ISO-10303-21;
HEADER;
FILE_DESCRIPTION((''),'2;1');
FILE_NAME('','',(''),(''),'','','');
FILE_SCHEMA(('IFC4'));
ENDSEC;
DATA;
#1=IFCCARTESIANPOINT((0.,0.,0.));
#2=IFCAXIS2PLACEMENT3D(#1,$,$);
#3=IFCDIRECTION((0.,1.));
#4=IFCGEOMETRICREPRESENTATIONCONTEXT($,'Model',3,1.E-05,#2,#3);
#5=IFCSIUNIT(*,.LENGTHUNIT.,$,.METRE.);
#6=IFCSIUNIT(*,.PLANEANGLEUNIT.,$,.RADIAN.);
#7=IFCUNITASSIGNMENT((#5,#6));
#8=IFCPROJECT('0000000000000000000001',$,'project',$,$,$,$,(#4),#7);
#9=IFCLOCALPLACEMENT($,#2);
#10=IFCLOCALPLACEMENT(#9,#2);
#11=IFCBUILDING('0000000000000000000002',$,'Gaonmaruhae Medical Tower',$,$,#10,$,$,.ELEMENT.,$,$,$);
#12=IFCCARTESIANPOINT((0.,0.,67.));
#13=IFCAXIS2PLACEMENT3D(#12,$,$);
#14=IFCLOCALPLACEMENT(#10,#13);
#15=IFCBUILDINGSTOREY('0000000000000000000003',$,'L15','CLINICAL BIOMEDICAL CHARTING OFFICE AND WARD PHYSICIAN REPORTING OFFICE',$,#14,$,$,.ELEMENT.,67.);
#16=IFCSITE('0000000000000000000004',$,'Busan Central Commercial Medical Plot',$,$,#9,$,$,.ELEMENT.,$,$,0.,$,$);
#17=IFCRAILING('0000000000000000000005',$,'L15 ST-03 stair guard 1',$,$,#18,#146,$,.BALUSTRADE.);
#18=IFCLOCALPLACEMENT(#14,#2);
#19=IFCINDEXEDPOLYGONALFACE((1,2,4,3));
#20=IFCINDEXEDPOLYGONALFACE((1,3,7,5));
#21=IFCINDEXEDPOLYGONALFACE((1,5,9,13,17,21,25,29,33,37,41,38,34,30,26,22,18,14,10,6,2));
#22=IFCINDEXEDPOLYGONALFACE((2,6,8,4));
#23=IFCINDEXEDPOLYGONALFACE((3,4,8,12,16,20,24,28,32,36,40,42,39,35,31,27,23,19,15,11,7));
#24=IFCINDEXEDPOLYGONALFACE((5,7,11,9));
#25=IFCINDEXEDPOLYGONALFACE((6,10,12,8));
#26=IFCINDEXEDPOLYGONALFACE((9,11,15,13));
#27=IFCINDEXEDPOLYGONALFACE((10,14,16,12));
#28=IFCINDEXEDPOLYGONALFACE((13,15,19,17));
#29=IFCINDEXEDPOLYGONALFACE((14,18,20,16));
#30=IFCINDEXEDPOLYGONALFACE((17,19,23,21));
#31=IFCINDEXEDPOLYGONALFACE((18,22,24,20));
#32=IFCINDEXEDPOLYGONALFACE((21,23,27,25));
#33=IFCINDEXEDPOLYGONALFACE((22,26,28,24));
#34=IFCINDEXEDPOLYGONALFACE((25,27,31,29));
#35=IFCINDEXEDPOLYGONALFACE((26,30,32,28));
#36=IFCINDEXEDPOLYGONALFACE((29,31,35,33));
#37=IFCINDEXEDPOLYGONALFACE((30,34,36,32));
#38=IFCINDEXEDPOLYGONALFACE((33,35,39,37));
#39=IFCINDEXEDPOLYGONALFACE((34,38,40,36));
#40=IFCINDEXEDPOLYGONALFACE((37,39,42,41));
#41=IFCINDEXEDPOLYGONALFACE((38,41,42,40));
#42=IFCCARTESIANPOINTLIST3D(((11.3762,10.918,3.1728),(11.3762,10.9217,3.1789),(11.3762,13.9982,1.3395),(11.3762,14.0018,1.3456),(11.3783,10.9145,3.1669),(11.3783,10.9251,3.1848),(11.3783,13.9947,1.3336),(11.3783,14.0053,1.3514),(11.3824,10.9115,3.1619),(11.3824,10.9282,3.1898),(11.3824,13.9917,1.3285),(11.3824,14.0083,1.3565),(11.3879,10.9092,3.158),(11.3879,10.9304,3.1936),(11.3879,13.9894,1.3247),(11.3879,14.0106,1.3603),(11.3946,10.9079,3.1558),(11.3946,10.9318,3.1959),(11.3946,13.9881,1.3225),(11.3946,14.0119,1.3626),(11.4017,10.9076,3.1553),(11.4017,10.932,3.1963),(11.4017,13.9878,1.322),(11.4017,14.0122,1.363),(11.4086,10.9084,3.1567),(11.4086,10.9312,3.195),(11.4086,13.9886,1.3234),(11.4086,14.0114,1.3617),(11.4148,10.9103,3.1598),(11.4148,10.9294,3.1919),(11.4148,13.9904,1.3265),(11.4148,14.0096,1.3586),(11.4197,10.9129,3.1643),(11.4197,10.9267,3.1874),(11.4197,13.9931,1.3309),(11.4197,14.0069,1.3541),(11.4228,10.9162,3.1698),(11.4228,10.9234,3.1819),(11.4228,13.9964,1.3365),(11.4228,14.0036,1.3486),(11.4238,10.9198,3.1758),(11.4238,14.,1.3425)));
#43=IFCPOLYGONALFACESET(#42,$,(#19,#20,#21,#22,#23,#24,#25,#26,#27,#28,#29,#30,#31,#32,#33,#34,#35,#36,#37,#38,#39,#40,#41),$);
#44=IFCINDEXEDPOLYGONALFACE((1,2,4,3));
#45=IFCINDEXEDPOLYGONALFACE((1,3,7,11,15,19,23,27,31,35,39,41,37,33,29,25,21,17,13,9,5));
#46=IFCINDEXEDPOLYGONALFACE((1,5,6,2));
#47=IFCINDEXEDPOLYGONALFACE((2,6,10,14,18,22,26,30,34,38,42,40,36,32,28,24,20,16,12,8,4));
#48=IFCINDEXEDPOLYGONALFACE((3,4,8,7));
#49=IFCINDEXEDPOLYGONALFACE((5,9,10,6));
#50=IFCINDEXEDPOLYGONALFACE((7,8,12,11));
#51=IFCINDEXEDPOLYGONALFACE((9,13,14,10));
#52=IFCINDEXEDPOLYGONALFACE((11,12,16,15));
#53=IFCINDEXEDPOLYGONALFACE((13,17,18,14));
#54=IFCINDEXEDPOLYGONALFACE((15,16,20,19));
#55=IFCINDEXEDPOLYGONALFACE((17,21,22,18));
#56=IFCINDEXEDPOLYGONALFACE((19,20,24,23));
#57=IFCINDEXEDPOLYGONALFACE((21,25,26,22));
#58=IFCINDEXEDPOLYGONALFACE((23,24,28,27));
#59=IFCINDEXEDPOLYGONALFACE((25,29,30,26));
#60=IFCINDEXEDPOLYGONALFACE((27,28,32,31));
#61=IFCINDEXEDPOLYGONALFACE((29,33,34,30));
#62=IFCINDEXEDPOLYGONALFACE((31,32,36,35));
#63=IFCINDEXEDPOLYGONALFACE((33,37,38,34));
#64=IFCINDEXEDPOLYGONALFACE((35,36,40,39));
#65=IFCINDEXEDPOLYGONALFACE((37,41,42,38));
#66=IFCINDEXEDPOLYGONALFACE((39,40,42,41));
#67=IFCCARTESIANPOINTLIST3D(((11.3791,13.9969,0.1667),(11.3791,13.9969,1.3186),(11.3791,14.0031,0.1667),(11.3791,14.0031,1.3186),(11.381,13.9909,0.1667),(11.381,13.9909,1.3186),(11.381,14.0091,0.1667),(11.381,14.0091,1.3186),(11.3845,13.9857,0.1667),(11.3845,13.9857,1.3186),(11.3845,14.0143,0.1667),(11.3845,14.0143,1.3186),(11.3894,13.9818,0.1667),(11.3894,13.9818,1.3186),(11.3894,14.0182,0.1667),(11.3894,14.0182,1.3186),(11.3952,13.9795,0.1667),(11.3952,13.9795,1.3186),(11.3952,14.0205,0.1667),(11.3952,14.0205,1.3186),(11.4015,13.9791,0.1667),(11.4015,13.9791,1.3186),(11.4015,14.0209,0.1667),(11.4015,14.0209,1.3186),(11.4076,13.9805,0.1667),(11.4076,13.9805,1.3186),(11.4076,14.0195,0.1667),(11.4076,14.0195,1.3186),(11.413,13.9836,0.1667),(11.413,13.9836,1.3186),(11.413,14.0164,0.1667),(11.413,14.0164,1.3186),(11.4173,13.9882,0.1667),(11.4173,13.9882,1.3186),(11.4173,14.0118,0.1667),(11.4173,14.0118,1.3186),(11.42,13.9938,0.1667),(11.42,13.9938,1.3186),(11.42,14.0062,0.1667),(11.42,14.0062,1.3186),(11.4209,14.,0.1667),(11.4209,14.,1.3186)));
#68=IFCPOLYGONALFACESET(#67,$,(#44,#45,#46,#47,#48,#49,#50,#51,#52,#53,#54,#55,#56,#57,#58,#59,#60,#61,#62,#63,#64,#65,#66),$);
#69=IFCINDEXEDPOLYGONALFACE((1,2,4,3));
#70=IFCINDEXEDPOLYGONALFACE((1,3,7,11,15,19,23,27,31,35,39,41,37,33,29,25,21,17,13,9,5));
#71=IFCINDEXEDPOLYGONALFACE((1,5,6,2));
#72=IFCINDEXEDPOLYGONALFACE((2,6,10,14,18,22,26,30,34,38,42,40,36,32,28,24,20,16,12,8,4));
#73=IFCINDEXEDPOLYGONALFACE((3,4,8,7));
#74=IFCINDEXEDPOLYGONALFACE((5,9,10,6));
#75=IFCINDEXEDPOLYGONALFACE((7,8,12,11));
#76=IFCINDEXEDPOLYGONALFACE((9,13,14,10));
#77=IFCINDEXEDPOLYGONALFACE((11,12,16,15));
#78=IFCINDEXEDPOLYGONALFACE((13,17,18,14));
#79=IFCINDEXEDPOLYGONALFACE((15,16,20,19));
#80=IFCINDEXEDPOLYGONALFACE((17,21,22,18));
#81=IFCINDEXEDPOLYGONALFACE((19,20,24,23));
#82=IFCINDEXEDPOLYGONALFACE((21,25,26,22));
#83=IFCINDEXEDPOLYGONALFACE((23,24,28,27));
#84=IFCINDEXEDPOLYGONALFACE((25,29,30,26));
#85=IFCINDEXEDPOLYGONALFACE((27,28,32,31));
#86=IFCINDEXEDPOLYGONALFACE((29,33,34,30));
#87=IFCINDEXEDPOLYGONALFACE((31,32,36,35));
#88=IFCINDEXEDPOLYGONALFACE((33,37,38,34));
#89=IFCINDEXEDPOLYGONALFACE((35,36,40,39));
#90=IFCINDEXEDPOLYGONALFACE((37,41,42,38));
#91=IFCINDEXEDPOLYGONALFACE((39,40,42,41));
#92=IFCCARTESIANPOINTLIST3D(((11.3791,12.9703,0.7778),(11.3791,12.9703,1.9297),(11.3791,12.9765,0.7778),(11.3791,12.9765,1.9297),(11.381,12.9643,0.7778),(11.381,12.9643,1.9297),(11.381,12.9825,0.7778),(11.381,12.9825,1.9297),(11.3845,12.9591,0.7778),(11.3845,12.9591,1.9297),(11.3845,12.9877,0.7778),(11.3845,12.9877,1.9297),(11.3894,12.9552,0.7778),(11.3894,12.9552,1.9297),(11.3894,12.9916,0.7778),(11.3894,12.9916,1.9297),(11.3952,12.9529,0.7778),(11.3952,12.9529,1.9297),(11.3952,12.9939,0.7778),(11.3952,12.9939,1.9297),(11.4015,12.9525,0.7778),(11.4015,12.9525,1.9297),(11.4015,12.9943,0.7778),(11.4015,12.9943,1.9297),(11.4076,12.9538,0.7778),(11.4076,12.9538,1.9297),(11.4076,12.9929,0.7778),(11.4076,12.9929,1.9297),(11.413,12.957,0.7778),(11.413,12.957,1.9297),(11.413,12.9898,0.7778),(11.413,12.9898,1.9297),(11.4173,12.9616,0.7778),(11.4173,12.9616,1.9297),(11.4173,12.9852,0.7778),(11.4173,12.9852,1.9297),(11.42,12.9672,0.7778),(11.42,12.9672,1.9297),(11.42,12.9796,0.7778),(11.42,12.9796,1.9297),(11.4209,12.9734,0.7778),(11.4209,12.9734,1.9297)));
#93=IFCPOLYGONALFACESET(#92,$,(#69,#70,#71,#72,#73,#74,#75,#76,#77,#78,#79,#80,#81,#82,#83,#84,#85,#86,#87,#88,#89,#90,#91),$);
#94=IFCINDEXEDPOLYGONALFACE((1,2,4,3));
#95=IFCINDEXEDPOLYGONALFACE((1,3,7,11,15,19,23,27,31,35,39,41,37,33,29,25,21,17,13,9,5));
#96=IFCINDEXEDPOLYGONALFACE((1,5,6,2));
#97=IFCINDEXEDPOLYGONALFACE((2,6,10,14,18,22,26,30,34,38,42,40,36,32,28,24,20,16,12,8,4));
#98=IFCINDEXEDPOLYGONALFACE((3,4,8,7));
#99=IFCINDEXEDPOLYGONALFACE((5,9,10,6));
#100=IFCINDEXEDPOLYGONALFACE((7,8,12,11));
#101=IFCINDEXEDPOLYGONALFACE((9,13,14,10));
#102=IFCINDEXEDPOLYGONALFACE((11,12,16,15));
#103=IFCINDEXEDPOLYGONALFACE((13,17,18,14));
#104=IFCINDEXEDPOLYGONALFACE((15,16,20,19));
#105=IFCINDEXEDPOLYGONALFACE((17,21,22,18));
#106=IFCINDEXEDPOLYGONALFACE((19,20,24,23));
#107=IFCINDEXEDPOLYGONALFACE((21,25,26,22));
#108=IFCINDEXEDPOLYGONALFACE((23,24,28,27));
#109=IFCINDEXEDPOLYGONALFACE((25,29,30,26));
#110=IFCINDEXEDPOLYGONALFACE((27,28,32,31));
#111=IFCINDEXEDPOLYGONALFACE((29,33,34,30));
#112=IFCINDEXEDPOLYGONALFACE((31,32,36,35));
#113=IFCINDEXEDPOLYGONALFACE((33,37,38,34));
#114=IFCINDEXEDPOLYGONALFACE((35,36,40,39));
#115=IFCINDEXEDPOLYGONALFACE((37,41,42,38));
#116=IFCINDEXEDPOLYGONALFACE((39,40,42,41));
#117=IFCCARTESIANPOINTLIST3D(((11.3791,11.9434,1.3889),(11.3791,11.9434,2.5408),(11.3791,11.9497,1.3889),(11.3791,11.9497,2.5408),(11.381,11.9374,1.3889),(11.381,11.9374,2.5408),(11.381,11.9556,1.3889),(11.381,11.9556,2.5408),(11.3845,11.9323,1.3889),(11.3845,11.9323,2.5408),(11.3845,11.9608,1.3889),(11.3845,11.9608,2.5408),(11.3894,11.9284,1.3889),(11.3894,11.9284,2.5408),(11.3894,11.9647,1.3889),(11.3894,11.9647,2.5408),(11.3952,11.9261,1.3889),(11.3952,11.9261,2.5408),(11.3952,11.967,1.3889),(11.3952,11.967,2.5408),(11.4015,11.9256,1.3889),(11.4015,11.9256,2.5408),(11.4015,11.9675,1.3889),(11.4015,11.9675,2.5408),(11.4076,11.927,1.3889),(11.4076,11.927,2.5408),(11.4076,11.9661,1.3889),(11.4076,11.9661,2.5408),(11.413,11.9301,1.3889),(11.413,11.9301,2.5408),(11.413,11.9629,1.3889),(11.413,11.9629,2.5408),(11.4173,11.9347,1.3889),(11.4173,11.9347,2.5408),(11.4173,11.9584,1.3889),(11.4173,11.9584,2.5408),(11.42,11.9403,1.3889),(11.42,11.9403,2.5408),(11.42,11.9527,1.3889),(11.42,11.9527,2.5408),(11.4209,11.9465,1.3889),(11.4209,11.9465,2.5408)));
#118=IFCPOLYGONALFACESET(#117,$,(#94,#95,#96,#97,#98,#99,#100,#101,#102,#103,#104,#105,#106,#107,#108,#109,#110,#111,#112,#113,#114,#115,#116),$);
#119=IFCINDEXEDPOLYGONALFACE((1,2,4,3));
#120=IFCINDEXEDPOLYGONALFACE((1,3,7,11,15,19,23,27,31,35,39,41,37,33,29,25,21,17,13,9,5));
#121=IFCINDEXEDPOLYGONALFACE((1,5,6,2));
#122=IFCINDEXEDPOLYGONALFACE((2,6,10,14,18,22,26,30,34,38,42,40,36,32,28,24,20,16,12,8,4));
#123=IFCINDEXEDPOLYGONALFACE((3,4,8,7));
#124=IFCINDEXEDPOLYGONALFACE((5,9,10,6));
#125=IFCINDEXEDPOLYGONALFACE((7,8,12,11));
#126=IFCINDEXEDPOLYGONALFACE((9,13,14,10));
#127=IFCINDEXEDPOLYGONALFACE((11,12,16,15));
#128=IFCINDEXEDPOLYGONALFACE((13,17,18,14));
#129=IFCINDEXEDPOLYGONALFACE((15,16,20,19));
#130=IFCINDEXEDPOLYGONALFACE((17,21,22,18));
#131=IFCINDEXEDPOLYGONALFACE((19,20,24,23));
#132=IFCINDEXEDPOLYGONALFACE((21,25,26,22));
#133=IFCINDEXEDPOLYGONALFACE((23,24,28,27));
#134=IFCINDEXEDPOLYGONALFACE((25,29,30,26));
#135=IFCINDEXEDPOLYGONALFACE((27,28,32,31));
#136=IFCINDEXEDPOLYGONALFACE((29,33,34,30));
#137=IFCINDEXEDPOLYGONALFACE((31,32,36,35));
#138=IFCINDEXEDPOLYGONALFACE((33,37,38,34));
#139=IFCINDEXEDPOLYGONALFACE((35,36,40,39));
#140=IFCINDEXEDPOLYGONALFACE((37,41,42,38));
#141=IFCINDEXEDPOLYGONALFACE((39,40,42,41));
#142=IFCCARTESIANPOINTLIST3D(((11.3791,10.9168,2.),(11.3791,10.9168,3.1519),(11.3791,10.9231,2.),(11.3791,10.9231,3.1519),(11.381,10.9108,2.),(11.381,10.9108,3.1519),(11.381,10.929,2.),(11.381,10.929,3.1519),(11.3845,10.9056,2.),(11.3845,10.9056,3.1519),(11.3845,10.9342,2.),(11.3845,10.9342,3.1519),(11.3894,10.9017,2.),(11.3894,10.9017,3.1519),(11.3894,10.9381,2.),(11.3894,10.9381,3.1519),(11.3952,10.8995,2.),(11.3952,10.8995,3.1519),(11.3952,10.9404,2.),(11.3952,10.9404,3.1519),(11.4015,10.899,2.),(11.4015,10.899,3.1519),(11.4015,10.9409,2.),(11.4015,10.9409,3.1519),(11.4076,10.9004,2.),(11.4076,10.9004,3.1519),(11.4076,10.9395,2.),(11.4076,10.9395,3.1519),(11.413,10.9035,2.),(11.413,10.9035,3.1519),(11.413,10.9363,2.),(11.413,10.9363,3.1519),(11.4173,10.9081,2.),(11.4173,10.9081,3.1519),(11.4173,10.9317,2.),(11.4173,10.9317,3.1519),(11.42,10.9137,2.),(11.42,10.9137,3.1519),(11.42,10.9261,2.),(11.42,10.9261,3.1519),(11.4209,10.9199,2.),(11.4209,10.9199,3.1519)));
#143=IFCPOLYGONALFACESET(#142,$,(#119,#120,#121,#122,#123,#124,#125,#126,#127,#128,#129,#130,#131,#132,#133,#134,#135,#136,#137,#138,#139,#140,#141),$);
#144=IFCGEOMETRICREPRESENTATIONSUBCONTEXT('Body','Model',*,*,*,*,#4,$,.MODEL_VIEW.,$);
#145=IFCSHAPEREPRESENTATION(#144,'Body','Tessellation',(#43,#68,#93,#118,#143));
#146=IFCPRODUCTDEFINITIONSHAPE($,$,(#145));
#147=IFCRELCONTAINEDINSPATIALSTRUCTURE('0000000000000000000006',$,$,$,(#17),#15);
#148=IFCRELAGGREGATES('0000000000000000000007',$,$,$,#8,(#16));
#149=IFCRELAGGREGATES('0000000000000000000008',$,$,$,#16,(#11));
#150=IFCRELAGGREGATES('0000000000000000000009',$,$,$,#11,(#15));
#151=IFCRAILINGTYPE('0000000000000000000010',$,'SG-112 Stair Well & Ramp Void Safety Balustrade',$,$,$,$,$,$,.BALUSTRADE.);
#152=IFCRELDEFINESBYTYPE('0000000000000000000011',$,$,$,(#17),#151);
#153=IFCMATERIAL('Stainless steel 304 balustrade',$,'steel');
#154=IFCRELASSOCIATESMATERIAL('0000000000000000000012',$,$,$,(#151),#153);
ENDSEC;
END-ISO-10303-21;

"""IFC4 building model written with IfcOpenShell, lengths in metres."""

from ifc_helpers import new_model, si_unit, direction, frame, origin, origin_2d, place, context, subcontext, project, spatial, circle, extrude, material, type_object, element, save


model = new_model("IFC4")

# Units and contexts
model_context = context("Model", 3, precision=1e-05, world=origin(), true_north=direction((0.0, 1.0)))
body_context = subcontext(model_context, "Body", "Model", "MODEL_VIEW")
ifc_project = project(units=[si_unit("LENGTHUNIT", "METRE"), si_unit("PLANEANGLEUNIT", "RADIAN")], contexts=[model_context])

# Site, building, storey
site_placement = place(None, origin())
site = spatial("IfcSite", under=ifc_project, at=site_placement, Name="Busan Central Commercial Medical Plot", CompositionType="ELEMENT", RefElevation=0.0)
building_placement = place(site_placement, origin())
building = spatial("IfcBuilding", under=site, at=building_placement, Name="Gaonmaruhae Medical Tower", CompositionType="ELEMENT")
storey_placement = place(building_placement, frame((0.0, 0.0, 67.0)))
storey = spatial("IfcBuildingStorey", under=building, at=storey_placement, Name="L15", Description="CLINICAL BIOMEDICAL CHARTING OFFICE AND WARD PHYSICIAN REPORTING OFFICE", CompositionType="ELEMENT", Elevation=67.0)

# Railing
ifc_material_1 = material(Name="Stainless steel 304 balustrade", Category="steel")
railing_type_1 = type_object("IfcRailingType", Name="SG-112 Stair Well & Ramp Void Safety Balustrade", PredefinedType="BALUSTRADE", material=ifc_material_1)
railing_1_placement = place(storey_placement, frame((11.3999, 14.0, 0.1667)))
element("IfcRailing", 1, at=railing_1_placement, inside=storey, type_object=railing_type_1, Name="L15 ST-03 stair guard 1", PredefinedType="BALUSTRADE", context=body_context, shape_type="SweptSolid", body=[
    extrude(circle(Radius=0.0239, at=origin_2d()), frame((0.0, 0.0, 1.1758), z_axis=(0.0, -0.859309, 0.511458), x_axis=(1.0, 0.0, 0.0)), (0.0, 0.0, 1.0), 3.5845),
    extrude(circle(Radius=0.021, at=origin_2d()), origin(), (0.0, 0.0, 1.0), 1.1519),
    extrude(circle(Radius=0.021, at=origin_2d()), frame((0.0, -1.0266, 0.6111)), (0.0, 0.0, 1.0), 1.1519),
    extrude(circle(Radius=0.021, at=origin_2d()), frame((0.0, -2.0535, 1.2222)), (0.0, 0.0, 1.0), 1.1519),
    extrude(circle(Radius=0.021, at=origin_2d()), frame((0.0, -3.0801, 1.8333)), (0.0, 0.0, 1.0), 1.1519),
])

save(model, "model.ifc")
